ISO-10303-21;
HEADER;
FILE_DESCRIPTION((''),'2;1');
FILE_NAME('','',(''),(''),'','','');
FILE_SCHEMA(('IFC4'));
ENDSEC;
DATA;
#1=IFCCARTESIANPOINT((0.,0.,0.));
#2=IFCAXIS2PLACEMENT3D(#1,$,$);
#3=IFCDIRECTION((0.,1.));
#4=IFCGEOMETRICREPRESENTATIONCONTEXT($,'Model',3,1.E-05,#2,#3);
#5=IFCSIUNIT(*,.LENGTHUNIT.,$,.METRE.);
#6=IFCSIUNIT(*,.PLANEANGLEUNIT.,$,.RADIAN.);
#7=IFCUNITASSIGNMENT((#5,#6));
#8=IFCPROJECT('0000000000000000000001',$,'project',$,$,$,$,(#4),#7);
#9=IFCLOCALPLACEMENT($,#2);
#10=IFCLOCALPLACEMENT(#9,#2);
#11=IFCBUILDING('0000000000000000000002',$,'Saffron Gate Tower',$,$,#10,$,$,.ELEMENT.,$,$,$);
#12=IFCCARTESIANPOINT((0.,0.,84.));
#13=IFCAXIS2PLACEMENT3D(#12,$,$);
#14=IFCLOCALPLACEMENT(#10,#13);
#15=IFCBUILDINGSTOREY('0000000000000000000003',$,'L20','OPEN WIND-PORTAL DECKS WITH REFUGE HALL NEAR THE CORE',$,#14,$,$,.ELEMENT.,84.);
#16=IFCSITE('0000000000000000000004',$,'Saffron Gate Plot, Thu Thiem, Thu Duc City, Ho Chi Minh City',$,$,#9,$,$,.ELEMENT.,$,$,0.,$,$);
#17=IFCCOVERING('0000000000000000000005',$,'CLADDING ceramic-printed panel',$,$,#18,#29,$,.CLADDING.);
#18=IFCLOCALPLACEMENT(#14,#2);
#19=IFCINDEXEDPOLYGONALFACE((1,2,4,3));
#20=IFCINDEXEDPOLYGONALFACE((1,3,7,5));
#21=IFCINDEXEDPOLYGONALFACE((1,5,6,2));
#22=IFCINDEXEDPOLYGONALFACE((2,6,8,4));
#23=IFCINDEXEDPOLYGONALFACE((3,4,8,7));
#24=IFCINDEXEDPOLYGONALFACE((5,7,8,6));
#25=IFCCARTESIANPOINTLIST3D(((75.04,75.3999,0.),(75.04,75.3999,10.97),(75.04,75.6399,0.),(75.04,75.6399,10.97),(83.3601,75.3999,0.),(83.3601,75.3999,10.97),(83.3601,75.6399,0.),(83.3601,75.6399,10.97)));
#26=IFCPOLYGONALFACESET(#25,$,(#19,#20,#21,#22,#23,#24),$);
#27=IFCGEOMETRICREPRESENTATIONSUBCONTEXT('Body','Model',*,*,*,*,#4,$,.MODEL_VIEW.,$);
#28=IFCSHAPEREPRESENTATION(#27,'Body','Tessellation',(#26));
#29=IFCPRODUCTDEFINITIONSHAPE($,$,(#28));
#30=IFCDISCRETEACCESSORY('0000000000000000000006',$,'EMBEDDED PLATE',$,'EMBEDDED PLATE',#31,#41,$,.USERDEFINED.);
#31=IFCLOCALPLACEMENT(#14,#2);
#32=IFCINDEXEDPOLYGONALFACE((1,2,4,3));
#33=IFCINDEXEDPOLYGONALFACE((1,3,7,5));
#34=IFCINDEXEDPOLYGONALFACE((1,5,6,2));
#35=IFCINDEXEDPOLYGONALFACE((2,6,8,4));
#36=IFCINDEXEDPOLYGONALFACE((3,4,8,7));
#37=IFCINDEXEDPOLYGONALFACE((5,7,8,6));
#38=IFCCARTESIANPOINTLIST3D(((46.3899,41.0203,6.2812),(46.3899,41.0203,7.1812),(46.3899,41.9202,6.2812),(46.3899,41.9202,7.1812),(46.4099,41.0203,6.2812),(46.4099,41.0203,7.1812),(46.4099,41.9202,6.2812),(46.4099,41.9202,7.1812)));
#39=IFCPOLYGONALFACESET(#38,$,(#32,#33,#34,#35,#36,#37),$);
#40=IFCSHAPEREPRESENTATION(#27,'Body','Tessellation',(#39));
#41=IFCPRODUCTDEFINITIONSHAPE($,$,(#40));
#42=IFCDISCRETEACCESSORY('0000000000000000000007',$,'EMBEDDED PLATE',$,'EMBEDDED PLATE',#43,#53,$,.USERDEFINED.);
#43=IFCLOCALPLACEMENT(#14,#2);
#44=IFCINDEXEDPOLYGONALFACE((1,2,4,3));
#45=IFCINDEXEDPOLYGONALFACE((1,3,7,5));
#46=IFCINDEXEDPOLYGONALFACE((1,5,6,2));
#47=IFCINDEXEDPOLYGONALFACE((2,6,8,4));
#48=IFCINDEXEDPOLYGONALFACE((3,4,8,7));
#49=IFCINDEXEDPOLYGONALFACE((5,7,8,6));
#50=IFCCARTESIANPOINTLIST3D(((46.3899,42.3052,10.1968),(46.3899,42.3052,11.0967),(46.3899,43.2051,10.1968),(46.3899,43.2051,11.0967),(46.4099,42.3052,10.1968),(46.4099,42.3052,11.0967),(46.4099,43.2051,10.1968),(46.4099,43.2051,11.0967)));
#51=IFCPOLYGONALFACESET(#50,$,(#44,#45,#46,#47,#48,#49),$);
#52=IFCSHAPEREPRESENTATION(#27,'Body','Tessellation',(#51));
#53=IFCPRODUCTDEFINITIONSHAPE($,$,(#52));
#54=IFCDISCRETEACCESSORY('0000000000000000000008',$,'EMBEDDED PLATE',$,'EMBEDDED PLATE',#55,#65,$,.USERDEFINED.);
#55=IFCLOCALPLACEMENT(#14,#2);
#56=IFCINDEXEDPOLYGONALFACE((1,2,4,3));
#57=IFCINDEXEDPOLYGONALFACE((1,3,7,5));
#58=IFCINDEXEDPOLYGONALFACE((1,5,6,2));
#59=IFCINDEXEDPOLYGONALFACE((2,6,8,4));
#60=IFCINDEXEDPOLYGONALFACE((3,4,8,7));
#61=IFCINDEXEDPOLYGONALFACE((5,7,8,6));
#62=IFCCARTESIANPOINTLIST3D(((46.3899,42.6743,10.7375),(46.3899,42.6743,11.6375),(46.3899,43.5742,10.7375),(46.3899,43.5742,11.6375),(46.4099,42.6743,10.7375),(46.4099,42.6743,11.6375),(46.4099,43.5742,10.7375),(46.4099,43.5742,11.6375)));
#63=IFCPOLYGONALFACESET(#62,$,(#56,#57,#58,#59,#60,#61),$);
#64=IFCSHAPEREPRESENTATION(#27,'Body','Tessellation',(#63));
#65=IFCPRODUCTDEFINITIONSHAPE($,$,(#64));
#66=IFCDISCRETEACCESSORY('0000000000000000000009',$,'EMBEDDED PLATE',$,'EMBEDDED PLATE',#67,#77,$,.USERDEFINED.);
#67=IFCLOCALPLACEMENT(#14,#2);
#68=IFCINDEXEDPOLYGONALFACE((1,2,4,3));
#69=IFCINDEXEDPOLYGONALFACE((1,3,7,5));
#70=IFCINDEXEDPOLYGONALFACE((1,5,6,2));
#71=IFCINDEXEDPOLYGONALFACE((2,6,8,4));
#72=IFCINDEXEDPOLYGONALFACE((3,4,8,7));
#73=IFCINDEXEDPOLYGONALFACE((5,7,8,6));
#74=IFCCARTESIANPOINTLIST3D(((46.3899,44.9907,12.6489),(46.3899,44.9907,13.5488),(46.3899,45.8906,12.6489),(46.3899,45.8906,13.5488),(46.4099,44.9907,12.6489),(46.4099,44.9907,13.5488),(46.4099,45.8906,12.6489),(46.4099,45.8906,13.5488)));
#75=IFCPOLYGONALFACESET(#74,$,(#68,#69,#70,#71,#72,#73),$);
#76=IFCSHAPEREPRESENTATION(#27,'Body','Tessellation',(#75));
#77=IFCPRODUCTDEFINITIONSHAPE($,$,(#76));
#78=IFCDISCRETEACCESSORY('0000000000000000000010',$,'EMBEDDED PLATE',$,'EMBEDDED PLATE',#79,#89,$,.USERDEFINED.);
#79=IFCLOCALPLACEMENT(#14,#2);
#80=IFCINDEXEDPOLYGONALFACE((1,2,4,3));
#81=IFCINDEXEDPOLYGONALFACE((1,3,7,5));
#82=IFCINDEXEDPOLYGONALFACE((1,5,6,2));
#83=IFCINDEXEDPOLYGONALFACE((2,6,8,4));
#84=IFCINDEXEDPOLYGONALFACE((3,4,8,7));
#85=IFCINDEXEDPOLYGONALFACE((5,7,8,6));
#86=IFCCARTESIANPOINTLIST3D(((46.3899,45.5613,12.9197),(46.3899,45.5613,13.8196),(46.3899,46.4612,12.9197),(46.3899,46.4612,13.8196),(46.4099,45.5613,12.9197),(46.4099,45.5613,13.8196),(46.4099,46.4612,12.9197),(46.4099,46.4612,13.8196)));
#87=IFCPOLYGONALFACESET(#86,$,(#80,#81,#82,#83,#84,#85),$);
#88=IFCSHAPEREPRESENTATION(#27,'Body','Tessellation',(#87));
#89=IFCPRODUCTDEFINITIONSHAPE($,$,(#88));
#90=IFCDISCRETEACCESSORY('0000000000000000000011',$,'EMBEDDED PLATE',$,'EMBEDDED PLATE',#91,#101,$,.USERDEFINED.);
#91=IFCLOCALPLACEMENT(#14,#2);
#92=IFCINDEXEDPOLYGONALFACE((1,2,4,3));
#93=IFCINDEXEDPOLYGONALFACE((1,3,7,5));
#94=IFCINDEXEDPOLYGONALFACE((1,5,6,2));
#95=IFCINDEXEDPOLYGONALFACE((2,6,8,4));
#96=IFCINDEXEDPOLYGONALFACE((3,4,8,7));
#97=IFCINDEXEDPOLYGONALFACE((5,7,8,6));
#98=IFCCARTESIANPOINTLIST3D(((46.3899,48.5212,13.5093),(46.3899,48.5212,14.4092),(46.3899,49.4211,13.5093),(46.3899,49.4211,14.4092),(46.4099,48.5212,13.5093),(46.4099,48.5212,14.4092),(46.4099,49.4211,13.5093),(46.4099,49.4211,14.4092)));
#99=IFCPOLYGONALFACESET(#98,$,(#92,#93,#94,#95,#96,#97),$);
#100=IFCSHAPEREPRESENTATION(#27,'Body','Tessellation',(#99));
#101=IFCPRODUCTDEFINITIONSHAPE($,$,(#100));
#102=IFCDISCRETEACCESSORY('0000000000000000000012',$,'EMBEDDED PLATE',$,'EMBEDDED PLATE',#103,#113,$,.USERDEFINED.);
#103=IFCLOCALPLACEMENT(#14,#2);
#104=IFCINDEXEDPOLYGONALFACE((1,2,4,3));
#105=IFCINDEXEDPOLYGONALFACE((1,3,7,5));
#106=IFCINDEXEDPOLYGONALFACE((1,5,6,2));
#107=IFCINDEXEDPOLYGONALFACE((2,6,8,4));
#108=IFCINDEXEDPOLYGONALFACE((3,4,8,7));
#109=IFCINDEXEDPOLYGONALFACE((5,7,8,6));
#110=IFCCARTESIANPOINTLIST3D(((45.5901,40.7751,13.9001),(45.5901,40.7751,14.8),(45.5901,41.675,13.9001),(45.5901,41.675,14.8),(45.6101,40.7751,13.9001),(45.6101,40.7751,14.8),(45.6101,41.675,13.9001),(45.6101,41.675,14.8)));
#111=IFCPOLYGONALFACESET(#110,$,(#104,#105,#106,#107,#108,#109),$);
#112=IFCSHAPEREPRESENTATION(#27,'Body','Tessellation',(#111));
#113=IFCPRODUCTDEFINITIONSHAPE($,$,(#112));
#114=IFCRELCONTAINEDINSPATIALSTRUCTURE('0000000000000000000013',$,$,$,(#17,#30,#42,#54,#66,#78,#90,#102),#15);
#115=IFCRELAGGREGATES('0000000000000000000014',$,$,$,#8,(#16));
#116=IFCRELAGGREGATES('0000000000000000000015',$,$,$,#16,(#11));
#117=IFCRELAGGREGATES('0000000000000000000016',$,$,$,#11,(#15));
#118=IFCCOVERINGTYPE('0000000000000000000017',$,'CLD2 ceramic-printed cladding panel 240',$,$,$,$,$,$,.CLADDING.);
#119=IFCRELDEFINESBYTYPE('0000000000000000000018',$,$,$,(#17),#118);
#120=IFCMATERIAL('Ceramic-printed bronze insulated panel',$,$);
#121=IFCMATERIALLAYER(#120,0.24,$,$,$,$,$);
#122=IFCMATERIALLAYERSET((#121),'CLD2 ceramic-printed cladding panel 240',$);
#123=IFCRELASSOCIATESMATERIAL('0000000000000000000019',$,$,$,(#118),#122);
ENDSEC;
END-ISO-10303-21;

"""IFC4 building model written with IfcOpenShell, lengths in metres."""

from ifc_helpers import new_model, si_unit, direction, frame, origin, origin_2d, place, context, subcontext, project, spatial, polyline, rectangle, outline, extrude, material, layer, layer_set, type_object, element, save


model = new_model("IFC4")

# Units and contexts
model_context = context("Model", 3, precision=1e-05, world=origin(), true_north=direction((0.0, 1.0)))
body_context = subcontext(model_context, "Body", "Model", "MODEL_VIEW")
ifc_project = project(units=[si_unit("LENGTHUNIT", "METRE"), si_unit("PLANEANGLEUNIT", "RADIAN")], contexts=[model_context])

# Site, building, storey
site_placement = place(None, origin())
site = spatial("IfcSite", under=ifc_project, at=site_placement, Name="Saffron Gate Plot, Thu Thiem, Thu Duc City, Ho Chi Minh City", CompositionType="ELEMENT", RefElevation=0.0)
building_placement = place(site_placement, origin())
building = spatial("IfcBuilding", under=site, at=building_placement, Name="Saffron Gate Tower", CompositionType="ELEMENT")
storey_placement = place(building_placement, frame((0.0, 0.0, 84.0)))
storey = spatial("IfcBuildingStorey", under=building, at=storey_placement, Name="L20", Description="OPEN WIND-PORTAL DECKS WITH REFUGE HALL NEAR THE CORE", CompositionType="ELEMENT", Elevation=84.0)

# Covering
ifc_material_1 = material(Name="Ceramic-printed bronze insulated panel")
ifc_layer_1 = layer(ifc_material_1, 0.24)
ifc_layer_set_1 = layer_set([ifc_layer_1], Name="CLD2 ceramic-printed cladding panel 240")
covering_type = type_object("IfcCoveringType", Name="CLD2 ceramic-printed cladding panel 240", PredefinedType="CLADDING", material=ifc_layer_set_1)
covering_1_placement = place(storey_placement, origin())
element("IfcCovering", 1, at=covering_1_placement, inside=storey, type_object=covering_type, Name="CLADDING ceramic-printed panel", PredefinedType="CLADDING", context=body_context, shape_type="SweptSolid", body=[
    extrude(outline(polyline([(83.3601, 75.6399), (75.04, 75.6399), (75.04, 75.3999), (83.3601, 75.3999), (83.3601, 75.6399)])), origin(), (0.0, 0.0, 1.0), 10.97),
])

# Discrete accessories
for number, where, z_axis, x_axis, name in (
    (2, (46.3999, 41.4702, 6.2812), (0.0, 0.0, 1.0), (0.0, 1.0, 0.0), "EMBEDDED PLATE"),
    (3, (46.3999, 42.7551, 10.1968), (0.0, 0.0, 1.0), (0.0, 1.0, 0.0), "EMBEDDED PLATE"),
    (4, (46.3999, 43.1243, 10.7375), (0.0, 0.0, 1.0), (0.0, 1.0, 0.0), "EMBEDDED PLATE"),
    (5, (46.3999, 45.4407, 12.6489), (0.0, 0.0, 1.0), (0.0, 1.0, 0.0), "EMBEDDED PLATE"),
    (6, (46.3999, 46.0112, 12.9197), (0.0, 0.0, 1.0), (0.0, 1.0, 0.0), "EMBEDDED PLATE"),
    (7, (46.3999, 48.9712, 13.5093), (0.0, 0.0, 1.0), (0.0, 1.0, 0.0), "EMBEDDED PLATE"),
    (8, (45.6001, 41.2251, 13.9001), (0.0, 0.0, 1.0), (0.0, 1.0, 0.0), "EMBEDDED PLATE"),
):
    element("IfcDiscreteAccessory", number, at=place(storey_placement, frame(where, z_axis=z_axis, x_axis=x_axis)), inside=storey, Name=name, ObjectType="EMBEDDED PLATE", PredefinedType="USERDEFINED", context=body_context, shape_type="SweptSolid", body=[
        extrude(rectangle(XDim=0.8999, YDim=0.02, at=origin_2d()), origin(), (0.0, 0.0, 1.0), 0.8999),
    ])

save(model, "model.ifc")
